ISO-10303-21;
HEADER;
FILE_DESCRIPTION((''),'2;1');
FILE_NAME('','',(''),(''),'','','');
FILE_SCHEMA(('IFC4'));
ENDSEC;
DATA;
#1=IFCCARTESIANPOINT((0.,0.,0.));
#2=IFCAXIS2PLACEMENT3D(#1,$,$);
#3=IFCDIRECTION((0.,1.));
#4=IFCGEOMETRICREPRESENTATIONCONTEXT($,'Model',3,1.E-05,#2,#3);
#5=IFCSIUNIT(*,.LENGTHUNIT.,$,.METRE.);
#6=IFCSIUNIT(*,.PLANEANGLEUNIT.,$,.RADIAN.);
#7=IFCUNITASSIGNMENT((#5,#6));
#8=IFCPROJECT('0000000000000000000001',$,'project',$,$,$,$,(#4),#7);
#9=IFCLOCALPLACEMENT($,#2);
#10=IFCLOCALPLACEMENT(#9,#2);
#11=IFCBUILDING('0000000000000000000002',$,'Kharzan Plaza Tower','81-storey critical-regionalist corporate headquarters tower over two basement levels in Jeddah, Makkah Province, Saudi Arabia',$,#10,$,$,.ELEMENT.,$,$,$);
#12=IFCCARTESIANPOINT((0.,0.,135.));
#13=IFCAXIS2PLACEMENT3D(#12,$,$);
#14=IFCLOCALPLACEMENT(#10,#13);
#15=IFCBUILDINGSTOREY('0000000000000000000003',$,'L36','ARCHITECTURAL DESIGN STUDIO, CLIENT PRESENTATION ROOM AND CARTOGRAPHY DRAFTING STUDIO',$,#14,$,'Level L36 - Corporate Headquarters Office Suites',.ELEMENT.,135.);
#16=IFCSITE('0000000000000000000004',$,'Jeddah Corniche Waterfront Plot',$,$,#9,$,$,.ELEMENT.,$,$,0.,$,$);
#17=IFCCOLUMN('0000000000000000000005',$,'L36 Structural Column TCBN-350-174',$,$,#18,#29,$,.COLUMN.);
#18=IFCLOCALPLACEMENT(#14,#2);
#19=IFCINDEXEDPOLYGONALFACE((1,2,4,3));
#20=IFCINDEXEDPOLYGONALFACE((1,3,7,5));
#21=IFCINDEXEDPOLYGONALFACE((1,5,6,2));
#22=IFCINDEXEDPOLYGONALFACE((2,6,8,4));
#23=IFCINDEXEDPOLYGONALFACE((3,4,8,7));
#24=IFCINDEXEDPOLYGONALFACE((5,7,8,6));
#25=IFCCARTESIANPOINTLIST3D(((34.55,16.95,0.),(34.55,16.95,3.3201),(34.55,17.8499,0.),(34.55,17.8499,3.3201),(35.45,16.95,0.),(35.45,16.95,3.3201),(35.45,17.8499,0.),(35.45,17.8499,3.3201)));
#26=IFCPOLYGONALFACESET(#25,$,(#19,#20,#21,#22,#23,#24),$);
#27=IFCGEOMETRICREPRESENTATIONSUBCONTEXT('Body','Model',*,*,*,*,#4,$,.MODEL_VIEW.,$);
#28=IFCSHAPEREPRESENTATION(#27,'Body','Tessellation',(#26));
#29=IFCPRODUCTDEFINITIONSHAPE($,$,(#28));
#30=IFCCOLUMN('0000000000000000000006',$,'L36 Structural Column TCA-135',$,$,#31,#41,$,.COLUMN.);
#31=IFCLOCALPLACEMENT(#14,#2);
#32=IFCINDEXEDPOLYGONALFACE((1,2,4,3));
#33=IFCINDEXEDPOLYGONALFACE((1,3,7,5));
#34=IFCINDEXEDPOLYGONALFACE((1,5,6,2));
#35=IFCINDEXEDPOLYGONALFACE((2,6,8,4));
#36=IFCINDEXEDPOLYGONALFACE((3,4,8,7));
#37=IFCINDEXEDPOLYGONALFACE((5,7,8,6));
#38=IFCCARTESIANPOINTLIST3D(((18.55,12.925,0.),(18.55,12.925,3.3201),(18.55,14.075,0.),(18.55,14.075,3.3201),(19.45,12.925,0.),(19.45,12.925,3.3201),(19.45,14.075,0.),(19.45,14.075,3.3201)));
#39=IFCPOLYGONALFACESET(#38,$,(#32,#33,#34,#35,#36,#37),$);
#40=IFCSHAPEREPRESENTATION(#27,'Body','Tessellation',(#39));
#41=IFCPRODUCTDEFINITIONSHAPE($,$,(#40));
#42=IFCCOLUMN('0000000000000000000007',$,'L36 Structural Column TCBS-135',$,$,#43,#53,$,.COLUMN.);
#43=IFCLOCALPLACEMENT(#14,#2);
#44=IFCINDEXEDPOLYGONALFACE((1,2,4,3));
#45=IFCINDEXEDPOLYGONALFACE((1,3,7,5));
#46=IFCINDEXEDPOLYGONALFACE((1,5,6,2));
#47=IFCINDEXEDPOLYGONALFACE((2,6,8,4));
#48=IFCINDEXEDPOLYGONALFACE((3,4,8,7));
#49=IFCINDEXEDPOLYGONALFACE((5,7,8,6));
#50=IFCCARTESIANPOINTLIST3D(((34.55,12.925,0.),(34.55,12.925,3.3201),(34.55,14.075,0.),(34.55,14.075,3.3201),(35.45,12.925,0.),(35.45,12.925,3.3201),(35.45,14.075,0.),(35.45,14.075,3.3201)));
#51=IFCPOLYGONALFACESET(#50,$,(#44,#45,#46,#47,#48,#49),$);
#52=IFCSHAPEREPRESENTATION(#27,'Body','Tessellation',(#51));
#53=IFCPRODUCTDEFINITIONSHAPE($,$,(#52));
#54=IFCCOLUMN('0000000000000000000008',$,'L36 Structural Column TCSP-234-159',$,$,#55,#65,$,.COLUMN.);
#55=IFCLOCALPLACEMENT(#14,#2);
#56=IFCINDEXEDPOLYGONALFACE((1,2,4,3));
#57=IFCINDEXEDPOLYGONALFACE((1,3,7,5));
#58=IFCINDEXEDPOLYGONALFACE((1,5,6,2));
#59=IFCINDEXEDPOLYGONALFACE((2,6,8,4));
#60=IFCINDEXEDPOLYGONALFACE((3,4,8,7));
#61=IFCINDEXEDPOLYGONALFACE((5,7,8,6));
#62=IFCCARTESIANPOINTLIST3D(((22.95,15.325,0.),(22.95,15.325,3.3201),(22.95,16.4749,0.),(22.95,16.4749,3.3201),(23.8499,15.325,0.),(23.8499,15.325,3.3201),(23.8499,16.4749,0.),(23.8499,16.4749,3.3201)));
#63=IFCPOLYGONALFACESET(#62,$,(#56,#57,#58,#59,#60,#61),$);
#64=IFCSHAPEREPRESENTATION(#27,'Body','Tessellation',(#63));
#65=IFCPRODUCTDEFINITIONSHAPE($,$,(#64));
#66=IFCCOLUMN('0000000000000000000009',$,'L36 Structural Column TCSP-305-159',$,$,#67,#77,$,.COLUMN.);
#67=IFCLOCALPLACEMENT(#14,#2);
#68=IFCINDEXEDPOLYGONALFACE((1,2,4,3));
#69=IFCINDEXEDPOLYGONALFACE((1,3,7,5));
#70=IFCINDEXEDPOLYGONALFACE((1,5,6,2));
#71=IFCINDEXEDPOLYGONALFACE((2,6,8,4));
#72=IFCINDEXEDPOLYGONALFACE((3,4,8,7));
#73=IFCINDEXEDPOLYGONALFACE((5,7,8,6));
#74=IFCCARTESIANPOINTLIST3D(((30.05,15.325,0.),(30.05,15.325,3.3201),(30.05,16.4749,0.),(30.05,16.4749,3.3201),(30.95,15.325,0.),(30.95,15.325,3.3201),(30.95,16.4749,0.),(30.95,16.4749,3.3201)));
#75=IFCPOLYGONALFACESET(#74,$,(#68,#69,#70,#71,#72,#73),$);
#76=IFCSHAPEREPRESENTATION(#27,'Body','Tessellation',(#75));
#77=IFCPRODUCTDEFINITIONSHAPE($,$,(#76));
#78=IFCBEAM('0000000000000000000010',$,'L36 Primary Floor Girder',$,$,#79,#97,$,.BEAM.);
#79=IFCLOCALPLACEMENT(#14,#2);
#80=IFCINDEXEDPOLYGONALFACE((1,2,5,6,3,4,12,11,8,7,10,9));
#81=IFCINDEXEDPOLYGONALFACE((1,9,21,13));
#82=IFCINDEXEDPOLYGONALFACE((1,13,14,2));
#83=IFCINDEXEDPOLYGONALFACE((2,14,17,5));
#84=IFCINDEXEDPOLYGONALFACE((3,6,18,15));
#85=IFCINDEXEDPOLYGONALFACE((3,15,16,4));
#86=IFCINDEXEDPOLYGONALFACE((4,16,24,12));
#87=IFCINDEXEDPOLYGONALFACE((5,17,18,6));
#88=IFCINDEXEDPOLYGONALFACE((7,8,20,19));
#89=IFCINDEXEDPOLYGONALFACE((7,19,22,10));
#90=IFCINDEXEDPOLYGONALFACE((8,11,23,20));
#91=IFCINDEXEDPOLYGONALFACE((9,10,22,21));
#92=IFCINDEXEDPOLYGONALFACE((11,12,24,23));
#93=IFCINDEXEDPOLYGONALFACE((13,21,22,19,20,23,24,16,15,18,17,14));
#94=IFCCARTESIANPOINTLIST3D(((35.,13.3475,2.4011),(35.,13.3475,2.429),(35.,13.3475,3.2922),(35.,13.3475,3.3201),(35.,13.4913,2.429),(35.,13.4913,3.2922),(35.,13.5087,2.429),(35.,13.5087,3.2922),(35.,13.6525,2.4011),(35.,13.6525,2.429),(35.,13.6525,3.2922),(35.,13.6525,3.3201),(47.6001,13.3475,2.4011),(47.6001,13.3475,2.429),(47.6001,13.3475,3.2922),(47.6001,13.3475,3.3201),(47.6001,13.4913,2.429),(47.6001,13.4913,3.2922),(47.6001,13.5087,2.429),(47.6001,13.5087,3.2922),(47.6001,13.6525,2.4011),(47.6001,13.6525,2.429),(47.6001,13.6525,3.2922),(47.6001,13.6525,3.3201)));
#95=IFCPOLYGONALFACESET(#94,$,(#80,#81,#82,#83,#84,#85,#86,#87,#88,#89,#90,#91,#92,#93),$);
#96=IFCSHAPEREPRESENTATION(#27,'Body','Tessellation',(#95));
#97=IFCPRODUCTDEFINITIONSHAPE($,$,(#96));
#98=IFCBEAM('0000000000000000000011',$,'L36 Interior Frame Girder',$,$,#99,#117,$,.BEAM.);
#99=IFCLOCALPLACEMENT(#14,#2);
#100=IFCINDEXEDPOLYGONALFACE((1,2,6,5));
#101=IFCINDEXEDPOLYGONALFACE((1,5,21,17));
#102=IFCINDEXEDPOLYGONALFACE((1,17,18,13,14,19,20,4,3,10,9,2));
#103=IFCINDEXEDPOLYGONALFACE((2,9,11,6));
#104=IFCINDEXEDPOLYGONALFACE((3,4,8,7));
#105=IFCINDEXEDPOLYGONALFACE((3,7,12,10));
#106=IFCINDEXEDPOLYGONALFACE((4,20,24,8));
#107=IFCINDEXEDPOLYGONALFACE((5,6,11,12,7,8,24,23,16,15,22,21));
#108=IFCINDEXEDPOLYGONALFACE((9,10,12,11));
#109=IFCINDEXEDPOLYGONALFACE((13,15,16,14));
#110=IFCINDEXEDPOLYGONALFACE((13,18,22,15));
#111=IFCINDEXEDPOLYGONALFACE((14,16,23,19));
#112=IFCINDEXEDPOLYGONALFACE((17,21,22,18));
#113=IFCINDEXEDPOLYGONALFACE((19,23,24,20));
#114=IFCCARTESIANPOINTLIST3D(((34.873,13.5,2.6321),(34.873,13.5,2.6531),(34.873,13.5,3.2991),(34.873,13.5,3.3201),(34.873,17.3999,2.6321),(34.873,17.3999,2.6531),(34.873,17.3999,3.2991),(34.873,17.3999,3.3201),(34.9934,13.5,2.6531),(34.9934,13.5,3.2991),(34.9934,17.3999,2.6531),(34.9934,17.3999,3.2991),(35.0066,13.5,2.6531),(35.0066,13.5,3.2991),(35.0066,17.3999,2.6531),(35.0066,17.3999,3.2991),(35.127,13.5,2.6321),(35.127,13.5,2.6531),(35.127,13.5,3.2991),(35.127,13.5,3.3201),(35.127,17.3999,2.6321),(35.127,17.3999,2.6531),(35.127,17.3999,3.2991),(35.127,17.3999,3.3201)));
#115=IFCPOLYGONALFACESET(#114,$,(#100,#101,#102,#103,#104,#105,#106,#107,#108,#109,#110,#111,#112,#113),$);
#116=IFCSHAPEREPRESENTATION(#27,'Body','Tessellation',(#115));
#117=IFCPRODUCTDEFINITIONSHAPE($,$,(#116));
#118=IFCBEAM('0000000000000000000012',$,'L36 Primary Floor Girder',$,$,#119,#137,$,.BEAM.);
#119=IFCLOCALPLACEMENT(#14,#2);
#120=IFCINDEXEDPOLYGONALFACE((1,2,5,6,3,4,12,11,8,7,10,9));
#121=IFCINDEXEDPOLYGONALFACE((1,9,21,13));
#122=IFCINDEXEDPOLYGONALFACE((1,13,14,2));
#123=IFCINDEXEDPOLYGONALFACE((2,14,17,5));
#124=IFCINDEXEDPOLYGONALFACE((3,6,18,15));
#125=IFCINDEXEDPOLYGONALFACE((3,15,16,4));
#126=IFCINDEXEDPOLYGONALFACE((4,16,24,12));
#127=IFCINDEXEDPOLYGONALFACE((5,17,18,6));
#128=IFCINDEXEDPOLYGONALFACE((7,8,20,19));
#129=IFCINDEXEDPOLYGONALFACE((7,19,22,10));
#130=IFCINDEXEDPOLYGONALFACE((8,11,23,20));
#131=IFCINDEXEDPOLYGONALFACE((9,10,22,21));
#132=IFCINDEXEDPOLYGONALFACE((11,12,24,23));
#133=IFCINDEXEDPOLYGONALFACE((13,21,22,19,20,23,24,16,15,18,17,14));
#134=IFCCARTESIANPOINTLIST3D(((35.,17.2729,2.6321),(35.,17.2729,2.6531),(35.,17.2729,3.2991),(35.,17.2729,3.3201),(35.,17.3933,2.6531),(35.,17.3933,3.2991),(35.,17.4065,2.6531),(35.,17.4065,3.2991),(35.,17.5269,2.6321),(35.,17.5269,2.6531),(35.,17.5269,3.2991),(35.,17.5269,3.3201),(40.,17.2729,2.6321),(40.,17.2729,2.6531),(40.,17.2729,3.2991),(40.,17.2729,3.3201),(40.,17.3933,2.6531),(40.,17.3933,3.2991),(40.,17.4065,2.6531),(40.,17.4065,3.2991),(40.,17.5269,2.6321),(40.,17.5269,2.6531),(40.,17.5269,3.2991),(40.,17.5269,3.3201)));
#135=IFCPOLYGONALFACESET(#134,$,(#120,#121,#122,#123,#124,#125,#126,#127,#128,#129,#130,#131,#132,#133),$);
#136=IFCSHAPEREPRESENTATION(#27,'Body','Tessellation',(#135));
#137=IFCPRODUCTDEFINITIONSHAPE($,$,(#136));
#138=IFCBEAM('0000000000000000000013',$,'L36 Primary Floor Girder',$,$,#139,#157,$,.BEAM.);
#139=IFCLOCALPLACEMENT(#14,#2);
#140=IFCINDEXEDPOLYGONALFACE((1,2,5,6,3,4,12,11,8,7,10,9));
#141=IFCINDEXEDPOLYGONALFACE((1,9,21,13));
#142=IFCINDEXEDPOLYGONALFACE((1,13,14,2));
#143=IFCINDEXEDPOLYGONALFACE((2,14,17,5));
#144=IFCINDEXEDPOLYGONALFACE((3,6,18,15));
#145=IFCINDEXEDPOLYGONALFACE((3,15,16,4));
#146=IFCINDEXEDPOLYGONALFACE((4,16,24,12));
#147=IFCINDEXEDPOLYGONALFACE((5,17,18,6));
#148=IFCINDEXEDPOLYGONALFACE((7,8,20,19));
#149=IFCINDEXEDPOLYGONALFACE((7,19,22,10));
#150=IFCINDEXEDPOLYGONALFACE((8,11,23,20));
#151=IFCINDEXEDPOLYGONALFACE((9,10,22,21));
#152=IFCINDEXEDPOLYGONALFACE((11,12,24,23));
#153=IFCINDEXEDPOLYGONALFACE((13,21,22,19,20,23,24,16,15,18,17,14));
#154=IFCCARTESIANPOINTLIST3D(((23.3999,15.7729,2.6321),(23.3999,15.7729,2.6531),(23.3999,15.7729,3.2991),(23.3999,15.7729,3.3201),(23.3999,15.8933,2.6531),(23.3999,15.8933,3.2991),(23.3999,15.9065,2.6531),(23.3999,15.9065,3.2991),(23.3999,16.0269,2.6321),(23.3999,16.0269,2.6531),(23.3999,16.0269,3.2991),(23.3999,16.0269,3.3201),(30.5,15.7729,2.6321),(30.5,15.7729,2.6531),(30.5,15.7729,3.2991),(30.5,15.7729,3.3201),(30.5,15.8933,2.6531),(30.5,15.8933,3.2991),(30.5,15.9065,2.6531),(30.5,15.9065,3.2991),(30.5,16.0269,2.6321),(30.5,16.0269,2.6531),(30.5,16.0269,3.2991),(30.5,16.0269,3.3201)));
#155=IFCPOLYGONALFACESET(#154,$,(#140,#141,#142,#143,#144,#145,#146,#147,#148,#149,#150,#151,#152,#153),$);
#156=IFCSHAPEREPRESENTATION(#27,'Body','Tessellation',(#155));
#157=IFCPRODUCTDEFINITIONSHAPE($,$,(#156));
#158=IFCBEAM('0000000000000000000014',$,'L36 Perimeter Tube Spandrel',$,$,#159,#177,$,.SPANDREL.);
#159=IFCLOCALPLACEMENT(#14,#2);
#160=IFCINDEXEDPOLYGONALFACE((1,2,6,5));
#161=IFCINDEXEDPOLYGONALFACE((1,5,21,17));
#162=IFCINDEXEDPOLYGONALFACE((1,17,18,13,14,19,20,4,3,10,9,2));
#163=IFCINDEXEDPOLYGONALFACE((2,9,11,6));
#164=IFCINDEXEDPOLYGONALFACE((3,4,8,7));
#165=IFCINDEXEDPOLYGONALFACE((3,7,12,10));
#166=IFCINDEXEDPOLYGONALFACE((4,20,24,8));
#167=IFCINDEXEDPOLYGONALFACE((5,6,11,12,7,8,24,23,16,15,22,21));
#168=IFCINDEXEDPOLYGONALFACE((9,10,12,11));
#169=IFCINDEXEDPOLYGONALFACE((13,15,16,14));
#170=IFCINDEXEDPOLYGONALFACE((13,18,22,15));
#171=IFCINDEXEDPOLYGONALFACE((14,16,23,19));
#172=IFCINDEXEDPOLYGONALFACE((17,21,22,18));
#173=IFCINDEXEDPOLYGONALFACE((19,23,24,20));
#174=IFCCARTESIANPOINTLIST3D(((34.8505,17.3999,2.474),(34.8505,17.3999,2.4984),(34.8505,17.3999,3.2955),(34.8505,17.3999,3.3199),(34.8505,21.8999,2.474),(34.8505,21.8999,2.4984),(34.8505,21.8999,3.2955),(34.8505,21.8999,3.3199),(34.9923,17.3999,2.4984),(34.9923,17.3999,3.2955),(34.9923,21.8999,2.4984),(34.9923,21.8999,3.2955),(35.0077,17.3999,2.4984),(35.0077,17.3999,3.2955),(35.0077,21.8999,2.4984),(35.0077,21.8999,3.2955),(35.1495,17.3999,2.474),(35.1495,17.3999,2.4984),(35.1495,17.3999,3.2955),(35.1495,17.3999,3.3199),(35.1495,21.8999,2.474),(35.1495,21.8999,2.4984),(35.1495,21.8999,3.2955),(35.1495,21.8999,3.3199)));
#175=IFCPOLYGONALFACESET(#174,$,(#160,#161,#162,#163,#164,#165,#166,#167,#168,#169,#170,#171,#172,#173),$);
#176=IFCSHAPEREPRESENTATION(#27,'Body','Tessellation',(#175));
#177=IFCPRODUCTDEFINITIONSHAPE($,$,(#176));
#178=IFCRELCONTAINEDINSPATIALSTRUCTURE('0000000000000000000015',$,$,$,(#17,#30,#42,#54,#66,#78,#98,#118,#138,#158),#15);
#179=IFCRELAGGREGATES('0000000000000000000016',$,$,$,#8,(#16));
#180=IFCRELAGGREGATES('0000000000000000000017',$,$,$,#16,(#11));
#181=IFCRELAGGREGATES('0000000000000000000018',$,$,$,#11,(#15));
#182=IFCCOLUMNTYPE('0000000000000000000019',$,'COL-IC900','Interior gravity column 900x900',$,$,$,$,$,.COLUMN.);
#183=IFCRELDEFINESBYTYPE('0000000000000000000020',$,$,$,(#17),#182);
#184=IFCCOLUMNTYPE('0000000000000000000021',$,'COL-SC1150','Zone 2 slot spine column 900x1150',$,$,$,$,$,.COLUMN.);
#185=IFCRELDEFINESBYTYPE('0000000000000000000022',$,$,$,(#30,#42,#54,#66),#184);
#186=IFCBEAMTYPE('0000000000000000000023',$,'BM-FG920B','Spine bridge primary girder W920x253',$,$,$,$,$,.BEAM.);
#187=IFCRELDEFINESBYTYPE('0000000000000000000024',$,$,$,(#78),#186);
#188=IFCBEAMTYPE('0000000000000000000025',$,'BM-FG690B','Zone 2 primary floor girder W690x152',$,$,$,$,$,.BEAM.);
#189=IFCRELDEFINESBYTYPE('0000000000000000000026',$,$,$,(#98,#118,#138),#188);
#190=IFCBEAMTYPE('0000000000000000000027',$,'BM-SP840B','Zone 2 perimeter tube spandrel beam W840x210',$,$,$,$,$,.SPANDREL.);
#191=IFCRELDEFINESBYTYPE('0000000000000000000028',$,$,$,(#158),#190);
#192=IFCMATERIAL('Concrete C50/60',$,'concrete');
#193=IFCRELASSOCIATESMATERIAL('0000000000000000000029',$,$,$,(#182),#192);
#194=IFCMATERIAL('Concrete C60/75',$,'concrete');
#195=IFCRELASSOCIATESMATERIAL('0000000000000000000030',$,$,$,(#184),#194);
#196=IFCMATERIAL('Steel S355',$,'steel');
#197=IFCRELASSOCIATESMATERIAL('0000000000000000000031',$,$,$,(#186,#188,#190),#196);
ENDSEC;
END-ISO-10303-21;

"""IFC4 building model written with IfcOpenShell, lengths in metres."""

from ifc_helpers import new_model, si_unit, direction, frame, origin, origin_2d, place, context, subcontext, project, spatial, rectangle, i_section, extrude, source, transform, mapped, material, material_profile, profile_set, type_object, element, save


model = new_model("IFC4")

# Units and contexts
model_context = context("Model", 3, precision=1e-05, world=origin(), true_north=direction((0.0, 1.0)))
body_context = subcontext(model_context, "Body", "Model", "MODEL_VIEW")
ifc_project = project(units=[si_unit("LENGTHUNIT", "METRE"), si_unit("PLANEANGLEUNIT", "RADIAN")], contexts=[model_context])

# Site, building, storey
site_placement = place(None, origin())
site = spatial("IfcSite", under=ifc_project, at=site_placement, Name="Jeddah Corniche Waterfront Plot", CompositionType="ELEMENT", RefElevation=0.0)
building_placement = place(site_placement, origin())
building = spatial("IfcBuilding", under=site, at=building_placement, Name="Kharzan Plaza Tower", Description="81-storey critical-regionalist corporate headquarters tower over two basement levels in Jeddah, Makkah Province, Saudi Arabia", CompositionType="ELEMENT")
storey_placement = place(building_placement, frame((0.0, 0.0, 135.0)))
storey = spatial("IfcBuildingStorey", under=building, at=storey_placement, Name="L36", Description="ARCHITECTURAL DESIGN STUDIO, CLIENT PRESENTATION ROOM AND CARTOGRAPHY DRAFTING STUDIO", LongName="Level L36 - Corporate Headquarters Office Suites", CompositionType="ELEMENT", Elevation=135.0)

# Columns
ifc_material_1 = material(Name="Concrete C50/60", Category="concrete")
ifc_material_profile_1 = material_profile(ifc_material_1, rectangle(XDim=0.8999, YDim=0.8999, at=origin_2d()), Name="RC-IC900x900")
ifc_profile_set_1 = profile_set([ifc_material_profile_1], Name="Concrete C50/60")
column_type_1 = type_object("IfcColumnType", Name="COL-IC900", Description="Interior gravity column 900x900", PredefinedType="COLUMN", material=ifc_profile_set_1)
shared_shape_1 = source(origin(), body_context, "Body", "SweptSolid", [
    extrude(rectangle(XDim=0.8999, YDim=0.8999, at=origin_2d()), origin(), (0.0, 0.0, 1.0), 3.3201),
])
column_placement = place(storey_placement, frame((35.0, 17.3999, 0.0), z_axis=(0.0, 0.0, 1.0), x_axis=(1.0, 0.0, 0.0)))
element("IfcColumn", 1, at=column_placement, inside=storey, type_object=column_type_1, Name="L36 Structural Column TCBN-350-174", PredefinedType="COLUMN", context=body_context, shape_type="MappedRepresentation", body=[
    mapped(shared_shape_1, transform((0.0, 0.0, 0.0), x_axis=(1.0, 0.0, 0.0), y_axis=(0.0, 1.0, 0.0), z_axis=(0.0, 0.0, 1.0))),
])
ifc_material_2 = material(Name="Concrete C60/75", Category="concrete")
ifc_material_profile_2 = material_profile(ifc_material_2, rectangle(XDim=0.8999, YDim=1.1499, at=origin_2d()), Name="RC-SC1150x900")
ifc_profile_set_2 = profile_set([ifc_material_profile_2], Name="Concrete C60/75")
column_type_2 = type_object("IfcColumnType", Name="COL-SC1150", Description="Zone 2 slot spine column 900x1150", PredefinedType="COLUMN", material=ifc_profile_set_2)
shared_shape_2 = source(origin(), body_context, "Body", "SweptSolid", [
    extrude(rectangle(XDim=0.8999, YDim=1.1499, at=origin_2d()), origin(), (0.0, 0.0, 1.0), 3.3201),
])
for number, where, z_axis, x_axis, name in (
    (2, (19.0, 13.5, 0.0), (0.0, 0.0, 1.0), (1.0, 0.0, 0.0), "L36 Structural Column TCA-135"),
    (3, (35.0, 13.5, 0.0), (0.0, 0.0, 1.0), (1.0, 0.0, 0.0), "L36 Structural Column TCBS-135"),
    (4, (23.3999, 15.8999, 0.0), (0.0, 0.0, 1.0), (1.0, 0.0, 0.0), "L36 Structural Column TCSP-234-159"),
    (5, (30.5, 15.8999, 0.0), (0.0, 0.0, 1.0), (1.0, 0.0, 0.0), "L36 Structural Column TCSP-305-159"),
):
    element("IfcColumn", number, at=place(storey_placement, frame(where, z_axis=z_axis, x_axis=x_axis)), inside=storey, type_object=column_type_2, Name=name, PredefinedType="COLUMN", context=body_context, shape_type="MappedRepresentation", body=[
        mapped(shared_shape_2, transform((0.0, 0.0, 0.0), x_axis=(1.0, 0.0, 0.0), y_axis=(0.0, 1.0, 0.0), z_axis=(0.0, 0.0, 1.0))),
    ])

# Beams
ifc_material_3 = material(Name="Steel S355", Category="steel")
ifc_material_profile_3 = material_profile(ifc_material_3, i_section(OverallWidth=0.3049, OverallDepth=0.9189, WebThickness=0.0173, FlangeThickness=0.0278, at=origin_2d()), Name="W920x253")
ifc_profile_set_3 = profile_set([ifc_material_profile_3], Name="Steel S355")
beam_type_1 = type_object("IfcBeamType", Name="BM-FG920B", Description="Spine bridge primary girder W920x253", PredefinedType="BEAM", material=ifc_profile_set_3)
shared_shape_3 = source(origin(), body_context, "Body", "SweptSolid", [
    extrude(i_section(OverallWidth=0.3049, OverallDepth=0.9189, WebThickness=0.0173, FlangeThickness=0.0278, at=origin_2d()), origin(), (0.0, 0.0, 1.0), 12.6001),
])
beam_1_placement = place(storey_placement, frame((35.0, 13.5, 2.8606), z_axis=(1.0, 0.0, 0.0), x_axis=(0.0, 1.0, 0.0)))
element("IfcBeam", 6, at=beam_1_placement, inside=storey, type_object=beam_type_1, Name="L36 Primary Floor Girder", PredefinedType="BEAM", context=body_context, shape_type="MappedRepresentation", body=[
    mapped(shared_shape_3, transform((0.0, 0.0, 0.0), x_axis=(1.0, 0.0, 0.0), y_axis=(0.0, 1.0, 0.0), z_axis=(0.0, 0.0, 1.0))),
])
ifc_material_profile_4 = material_profile(ifc_material_3, i_section(OverallWidth=0.2539, OverallDepth=0.688, WebThickness=0.0132, FlangeThickness=0.021, at=origin_2d()), Name="W690x152")
ifc_profile_set_4 = profile_set([ifc_material_profile_4], Name="Steel S355")
beam_type_2 = type_object("IfcBeamType", Name="BM-FG690B", Description="Zone 2 primary floor girder W690x152", PredefinedType="BEAM", material=ifc_profile_set_4)
shared_shape_4 = source(origin(), body_context, "Body", "SweptSolid", [
    extrude(i_section(OverallWidth=0.2539, OverallDepth=0.688, WebThickness=0.0132, FlangeThickness=0.021, at=origin_2d()), origin(), (0.0, 0.0, 1.0), 3.8999),
])
beam_2_placement = place(storey_placement, frame((35.0, 13.5, 2.9761), z_axis=(0.0, 1.0, 0.0), x_axis=(-1.0, 0.0, 0.0)))
element("IfcBeam", 7, at=beam_2_placement, inside=storey, type_object=beam_type_2, Name="L36 Interior Frame Girder", PredefinedType="BEAM", context=body_context, shape_type="MappedRepresentation", body=[
    mapped(shared_shape_4, transform((0.0, 0.0, 0.0), x_axis=(1.0, 0.0, 0.0), y_axis=(0.0, 1.0, 0.0), z_axis=(0.0, 0.0, 1.0))),
])
shared_shape_5 = source(origin(), body_context, "Body", "SweptSolid", [
    extrude(i_section(OverallWidth=0.2539, OverallDepth=0.688, WebThickness=0.0132, FlangeThickness=0.021, at=origin_2d()), origin(), (0.0, 0.0, 1.0), 5.0),
])
beam_3_placement = place(storey_placement, frame((35.0, 17.3999, 2.9761), z_axis=(1.0, 0.0, 0.0), x_axis=(0.0, 1.0, 0.0)))
element("IfcBeam", 8, at=beam_3_placement, inside=storey, type_object=beam_type_2, Name="L36 Primary Floor Girder", PredefinedType="BEAM", context=body_context, shape_type="MappedRepresentation", body=[
    mapped(shared_shape_5, transform((0.0, 0.0, 0.0), x_axis=(1.0, 0.0, 0.0), y_axis=(0.0, 1.0, 0.0), z_axis=(0.0, 0.0, 1.0))),
])
shared_shape_6 = source(origin(), body_context, "Body", "SweptSolid", [
    extrude(i_section(OverallWidth=0.2539, OverallDepth=0.688, WebThickness=0.0132, FlangeThickness=0.021, at=origin_2d()), origin(), (0.0, 0.0, 1.0), 7.1001),
])
beam_4_placement = place(storey_placement, frame((23.3999, 15.8999, 2.9761), z_axis=(1.0, 0.0, 0.0), x_axis=(0.0, 1.0, 0.0)))
element("IfcBeam", 9, at=beam_4_placement, inside=storey, type_object=beam_type_2, Name="L36 Primary Floor Girder", PredefinedType="BEAM", context=body_context, shape_type="MappedRepresentation", body=[
    mapped(shared_shape_6, transform((0.0, 0.0, 0.0), x_axis=(1.0, 0.0, 0.0), y_axis=(0.0, 1.0, 0.0), z_axis=(0.0, 0.0, 1.0))),
])
ifc_material_profile_5 = material_profile(ifc_material_3, i_section(OverallWidth=0.2991, OverallDepth=0.8459, WebThickness=0.0154, FlangeThickness=0.0244, at=origin_2d()), Name="W840x210")
ifc_profile_set_5 = profile_set([ifc_material_profile_5], Name="Steel S355")
beam_type_3 = type_object("IfcBeamType", Name="BM-SP840B", Description="Zone 2 perimeter tube spandrel beam W840x210", PredefinedType="SPANDREL", material=ifc_profile_set_5)
shared_shape_7 = source(origin(), body_context, "Body", "SweptSolid", [
    extrude(i_section(OverallWidth=0.2991, OverallDepth=0.8459, WebThickness=0.0154, FlangeThickness=0.0244, at=origin_2d()), origin(), (0.0, 0.0, 1.0), 4.5),
])
beam_5_placement = place(storey_placement, frame((35.0, 17.3999, 2.897), z_axis=(0.0, 1.0, 0.0), x_axis=(-1.0, 0.0, 0.0)))
element("IfcBeam", 10, at=beam_5_placement, inside=storey, type_object=beam_type_3, Name="L36 Perimeter Tube Spandrel", PredefinedType="SPANDREL", context=body_context, shape_type="MappedRepresentation", body=[
    mapped(shared_shape_7, transform((0.0, 0.0, 0.0), x_axis=(1.0, 0.0, 0.0), y_axis=(0.0, 1.0, 0.0), z_axis=(0.0, 0.0, 1.0))),
])

save(model, "model.ifc")
